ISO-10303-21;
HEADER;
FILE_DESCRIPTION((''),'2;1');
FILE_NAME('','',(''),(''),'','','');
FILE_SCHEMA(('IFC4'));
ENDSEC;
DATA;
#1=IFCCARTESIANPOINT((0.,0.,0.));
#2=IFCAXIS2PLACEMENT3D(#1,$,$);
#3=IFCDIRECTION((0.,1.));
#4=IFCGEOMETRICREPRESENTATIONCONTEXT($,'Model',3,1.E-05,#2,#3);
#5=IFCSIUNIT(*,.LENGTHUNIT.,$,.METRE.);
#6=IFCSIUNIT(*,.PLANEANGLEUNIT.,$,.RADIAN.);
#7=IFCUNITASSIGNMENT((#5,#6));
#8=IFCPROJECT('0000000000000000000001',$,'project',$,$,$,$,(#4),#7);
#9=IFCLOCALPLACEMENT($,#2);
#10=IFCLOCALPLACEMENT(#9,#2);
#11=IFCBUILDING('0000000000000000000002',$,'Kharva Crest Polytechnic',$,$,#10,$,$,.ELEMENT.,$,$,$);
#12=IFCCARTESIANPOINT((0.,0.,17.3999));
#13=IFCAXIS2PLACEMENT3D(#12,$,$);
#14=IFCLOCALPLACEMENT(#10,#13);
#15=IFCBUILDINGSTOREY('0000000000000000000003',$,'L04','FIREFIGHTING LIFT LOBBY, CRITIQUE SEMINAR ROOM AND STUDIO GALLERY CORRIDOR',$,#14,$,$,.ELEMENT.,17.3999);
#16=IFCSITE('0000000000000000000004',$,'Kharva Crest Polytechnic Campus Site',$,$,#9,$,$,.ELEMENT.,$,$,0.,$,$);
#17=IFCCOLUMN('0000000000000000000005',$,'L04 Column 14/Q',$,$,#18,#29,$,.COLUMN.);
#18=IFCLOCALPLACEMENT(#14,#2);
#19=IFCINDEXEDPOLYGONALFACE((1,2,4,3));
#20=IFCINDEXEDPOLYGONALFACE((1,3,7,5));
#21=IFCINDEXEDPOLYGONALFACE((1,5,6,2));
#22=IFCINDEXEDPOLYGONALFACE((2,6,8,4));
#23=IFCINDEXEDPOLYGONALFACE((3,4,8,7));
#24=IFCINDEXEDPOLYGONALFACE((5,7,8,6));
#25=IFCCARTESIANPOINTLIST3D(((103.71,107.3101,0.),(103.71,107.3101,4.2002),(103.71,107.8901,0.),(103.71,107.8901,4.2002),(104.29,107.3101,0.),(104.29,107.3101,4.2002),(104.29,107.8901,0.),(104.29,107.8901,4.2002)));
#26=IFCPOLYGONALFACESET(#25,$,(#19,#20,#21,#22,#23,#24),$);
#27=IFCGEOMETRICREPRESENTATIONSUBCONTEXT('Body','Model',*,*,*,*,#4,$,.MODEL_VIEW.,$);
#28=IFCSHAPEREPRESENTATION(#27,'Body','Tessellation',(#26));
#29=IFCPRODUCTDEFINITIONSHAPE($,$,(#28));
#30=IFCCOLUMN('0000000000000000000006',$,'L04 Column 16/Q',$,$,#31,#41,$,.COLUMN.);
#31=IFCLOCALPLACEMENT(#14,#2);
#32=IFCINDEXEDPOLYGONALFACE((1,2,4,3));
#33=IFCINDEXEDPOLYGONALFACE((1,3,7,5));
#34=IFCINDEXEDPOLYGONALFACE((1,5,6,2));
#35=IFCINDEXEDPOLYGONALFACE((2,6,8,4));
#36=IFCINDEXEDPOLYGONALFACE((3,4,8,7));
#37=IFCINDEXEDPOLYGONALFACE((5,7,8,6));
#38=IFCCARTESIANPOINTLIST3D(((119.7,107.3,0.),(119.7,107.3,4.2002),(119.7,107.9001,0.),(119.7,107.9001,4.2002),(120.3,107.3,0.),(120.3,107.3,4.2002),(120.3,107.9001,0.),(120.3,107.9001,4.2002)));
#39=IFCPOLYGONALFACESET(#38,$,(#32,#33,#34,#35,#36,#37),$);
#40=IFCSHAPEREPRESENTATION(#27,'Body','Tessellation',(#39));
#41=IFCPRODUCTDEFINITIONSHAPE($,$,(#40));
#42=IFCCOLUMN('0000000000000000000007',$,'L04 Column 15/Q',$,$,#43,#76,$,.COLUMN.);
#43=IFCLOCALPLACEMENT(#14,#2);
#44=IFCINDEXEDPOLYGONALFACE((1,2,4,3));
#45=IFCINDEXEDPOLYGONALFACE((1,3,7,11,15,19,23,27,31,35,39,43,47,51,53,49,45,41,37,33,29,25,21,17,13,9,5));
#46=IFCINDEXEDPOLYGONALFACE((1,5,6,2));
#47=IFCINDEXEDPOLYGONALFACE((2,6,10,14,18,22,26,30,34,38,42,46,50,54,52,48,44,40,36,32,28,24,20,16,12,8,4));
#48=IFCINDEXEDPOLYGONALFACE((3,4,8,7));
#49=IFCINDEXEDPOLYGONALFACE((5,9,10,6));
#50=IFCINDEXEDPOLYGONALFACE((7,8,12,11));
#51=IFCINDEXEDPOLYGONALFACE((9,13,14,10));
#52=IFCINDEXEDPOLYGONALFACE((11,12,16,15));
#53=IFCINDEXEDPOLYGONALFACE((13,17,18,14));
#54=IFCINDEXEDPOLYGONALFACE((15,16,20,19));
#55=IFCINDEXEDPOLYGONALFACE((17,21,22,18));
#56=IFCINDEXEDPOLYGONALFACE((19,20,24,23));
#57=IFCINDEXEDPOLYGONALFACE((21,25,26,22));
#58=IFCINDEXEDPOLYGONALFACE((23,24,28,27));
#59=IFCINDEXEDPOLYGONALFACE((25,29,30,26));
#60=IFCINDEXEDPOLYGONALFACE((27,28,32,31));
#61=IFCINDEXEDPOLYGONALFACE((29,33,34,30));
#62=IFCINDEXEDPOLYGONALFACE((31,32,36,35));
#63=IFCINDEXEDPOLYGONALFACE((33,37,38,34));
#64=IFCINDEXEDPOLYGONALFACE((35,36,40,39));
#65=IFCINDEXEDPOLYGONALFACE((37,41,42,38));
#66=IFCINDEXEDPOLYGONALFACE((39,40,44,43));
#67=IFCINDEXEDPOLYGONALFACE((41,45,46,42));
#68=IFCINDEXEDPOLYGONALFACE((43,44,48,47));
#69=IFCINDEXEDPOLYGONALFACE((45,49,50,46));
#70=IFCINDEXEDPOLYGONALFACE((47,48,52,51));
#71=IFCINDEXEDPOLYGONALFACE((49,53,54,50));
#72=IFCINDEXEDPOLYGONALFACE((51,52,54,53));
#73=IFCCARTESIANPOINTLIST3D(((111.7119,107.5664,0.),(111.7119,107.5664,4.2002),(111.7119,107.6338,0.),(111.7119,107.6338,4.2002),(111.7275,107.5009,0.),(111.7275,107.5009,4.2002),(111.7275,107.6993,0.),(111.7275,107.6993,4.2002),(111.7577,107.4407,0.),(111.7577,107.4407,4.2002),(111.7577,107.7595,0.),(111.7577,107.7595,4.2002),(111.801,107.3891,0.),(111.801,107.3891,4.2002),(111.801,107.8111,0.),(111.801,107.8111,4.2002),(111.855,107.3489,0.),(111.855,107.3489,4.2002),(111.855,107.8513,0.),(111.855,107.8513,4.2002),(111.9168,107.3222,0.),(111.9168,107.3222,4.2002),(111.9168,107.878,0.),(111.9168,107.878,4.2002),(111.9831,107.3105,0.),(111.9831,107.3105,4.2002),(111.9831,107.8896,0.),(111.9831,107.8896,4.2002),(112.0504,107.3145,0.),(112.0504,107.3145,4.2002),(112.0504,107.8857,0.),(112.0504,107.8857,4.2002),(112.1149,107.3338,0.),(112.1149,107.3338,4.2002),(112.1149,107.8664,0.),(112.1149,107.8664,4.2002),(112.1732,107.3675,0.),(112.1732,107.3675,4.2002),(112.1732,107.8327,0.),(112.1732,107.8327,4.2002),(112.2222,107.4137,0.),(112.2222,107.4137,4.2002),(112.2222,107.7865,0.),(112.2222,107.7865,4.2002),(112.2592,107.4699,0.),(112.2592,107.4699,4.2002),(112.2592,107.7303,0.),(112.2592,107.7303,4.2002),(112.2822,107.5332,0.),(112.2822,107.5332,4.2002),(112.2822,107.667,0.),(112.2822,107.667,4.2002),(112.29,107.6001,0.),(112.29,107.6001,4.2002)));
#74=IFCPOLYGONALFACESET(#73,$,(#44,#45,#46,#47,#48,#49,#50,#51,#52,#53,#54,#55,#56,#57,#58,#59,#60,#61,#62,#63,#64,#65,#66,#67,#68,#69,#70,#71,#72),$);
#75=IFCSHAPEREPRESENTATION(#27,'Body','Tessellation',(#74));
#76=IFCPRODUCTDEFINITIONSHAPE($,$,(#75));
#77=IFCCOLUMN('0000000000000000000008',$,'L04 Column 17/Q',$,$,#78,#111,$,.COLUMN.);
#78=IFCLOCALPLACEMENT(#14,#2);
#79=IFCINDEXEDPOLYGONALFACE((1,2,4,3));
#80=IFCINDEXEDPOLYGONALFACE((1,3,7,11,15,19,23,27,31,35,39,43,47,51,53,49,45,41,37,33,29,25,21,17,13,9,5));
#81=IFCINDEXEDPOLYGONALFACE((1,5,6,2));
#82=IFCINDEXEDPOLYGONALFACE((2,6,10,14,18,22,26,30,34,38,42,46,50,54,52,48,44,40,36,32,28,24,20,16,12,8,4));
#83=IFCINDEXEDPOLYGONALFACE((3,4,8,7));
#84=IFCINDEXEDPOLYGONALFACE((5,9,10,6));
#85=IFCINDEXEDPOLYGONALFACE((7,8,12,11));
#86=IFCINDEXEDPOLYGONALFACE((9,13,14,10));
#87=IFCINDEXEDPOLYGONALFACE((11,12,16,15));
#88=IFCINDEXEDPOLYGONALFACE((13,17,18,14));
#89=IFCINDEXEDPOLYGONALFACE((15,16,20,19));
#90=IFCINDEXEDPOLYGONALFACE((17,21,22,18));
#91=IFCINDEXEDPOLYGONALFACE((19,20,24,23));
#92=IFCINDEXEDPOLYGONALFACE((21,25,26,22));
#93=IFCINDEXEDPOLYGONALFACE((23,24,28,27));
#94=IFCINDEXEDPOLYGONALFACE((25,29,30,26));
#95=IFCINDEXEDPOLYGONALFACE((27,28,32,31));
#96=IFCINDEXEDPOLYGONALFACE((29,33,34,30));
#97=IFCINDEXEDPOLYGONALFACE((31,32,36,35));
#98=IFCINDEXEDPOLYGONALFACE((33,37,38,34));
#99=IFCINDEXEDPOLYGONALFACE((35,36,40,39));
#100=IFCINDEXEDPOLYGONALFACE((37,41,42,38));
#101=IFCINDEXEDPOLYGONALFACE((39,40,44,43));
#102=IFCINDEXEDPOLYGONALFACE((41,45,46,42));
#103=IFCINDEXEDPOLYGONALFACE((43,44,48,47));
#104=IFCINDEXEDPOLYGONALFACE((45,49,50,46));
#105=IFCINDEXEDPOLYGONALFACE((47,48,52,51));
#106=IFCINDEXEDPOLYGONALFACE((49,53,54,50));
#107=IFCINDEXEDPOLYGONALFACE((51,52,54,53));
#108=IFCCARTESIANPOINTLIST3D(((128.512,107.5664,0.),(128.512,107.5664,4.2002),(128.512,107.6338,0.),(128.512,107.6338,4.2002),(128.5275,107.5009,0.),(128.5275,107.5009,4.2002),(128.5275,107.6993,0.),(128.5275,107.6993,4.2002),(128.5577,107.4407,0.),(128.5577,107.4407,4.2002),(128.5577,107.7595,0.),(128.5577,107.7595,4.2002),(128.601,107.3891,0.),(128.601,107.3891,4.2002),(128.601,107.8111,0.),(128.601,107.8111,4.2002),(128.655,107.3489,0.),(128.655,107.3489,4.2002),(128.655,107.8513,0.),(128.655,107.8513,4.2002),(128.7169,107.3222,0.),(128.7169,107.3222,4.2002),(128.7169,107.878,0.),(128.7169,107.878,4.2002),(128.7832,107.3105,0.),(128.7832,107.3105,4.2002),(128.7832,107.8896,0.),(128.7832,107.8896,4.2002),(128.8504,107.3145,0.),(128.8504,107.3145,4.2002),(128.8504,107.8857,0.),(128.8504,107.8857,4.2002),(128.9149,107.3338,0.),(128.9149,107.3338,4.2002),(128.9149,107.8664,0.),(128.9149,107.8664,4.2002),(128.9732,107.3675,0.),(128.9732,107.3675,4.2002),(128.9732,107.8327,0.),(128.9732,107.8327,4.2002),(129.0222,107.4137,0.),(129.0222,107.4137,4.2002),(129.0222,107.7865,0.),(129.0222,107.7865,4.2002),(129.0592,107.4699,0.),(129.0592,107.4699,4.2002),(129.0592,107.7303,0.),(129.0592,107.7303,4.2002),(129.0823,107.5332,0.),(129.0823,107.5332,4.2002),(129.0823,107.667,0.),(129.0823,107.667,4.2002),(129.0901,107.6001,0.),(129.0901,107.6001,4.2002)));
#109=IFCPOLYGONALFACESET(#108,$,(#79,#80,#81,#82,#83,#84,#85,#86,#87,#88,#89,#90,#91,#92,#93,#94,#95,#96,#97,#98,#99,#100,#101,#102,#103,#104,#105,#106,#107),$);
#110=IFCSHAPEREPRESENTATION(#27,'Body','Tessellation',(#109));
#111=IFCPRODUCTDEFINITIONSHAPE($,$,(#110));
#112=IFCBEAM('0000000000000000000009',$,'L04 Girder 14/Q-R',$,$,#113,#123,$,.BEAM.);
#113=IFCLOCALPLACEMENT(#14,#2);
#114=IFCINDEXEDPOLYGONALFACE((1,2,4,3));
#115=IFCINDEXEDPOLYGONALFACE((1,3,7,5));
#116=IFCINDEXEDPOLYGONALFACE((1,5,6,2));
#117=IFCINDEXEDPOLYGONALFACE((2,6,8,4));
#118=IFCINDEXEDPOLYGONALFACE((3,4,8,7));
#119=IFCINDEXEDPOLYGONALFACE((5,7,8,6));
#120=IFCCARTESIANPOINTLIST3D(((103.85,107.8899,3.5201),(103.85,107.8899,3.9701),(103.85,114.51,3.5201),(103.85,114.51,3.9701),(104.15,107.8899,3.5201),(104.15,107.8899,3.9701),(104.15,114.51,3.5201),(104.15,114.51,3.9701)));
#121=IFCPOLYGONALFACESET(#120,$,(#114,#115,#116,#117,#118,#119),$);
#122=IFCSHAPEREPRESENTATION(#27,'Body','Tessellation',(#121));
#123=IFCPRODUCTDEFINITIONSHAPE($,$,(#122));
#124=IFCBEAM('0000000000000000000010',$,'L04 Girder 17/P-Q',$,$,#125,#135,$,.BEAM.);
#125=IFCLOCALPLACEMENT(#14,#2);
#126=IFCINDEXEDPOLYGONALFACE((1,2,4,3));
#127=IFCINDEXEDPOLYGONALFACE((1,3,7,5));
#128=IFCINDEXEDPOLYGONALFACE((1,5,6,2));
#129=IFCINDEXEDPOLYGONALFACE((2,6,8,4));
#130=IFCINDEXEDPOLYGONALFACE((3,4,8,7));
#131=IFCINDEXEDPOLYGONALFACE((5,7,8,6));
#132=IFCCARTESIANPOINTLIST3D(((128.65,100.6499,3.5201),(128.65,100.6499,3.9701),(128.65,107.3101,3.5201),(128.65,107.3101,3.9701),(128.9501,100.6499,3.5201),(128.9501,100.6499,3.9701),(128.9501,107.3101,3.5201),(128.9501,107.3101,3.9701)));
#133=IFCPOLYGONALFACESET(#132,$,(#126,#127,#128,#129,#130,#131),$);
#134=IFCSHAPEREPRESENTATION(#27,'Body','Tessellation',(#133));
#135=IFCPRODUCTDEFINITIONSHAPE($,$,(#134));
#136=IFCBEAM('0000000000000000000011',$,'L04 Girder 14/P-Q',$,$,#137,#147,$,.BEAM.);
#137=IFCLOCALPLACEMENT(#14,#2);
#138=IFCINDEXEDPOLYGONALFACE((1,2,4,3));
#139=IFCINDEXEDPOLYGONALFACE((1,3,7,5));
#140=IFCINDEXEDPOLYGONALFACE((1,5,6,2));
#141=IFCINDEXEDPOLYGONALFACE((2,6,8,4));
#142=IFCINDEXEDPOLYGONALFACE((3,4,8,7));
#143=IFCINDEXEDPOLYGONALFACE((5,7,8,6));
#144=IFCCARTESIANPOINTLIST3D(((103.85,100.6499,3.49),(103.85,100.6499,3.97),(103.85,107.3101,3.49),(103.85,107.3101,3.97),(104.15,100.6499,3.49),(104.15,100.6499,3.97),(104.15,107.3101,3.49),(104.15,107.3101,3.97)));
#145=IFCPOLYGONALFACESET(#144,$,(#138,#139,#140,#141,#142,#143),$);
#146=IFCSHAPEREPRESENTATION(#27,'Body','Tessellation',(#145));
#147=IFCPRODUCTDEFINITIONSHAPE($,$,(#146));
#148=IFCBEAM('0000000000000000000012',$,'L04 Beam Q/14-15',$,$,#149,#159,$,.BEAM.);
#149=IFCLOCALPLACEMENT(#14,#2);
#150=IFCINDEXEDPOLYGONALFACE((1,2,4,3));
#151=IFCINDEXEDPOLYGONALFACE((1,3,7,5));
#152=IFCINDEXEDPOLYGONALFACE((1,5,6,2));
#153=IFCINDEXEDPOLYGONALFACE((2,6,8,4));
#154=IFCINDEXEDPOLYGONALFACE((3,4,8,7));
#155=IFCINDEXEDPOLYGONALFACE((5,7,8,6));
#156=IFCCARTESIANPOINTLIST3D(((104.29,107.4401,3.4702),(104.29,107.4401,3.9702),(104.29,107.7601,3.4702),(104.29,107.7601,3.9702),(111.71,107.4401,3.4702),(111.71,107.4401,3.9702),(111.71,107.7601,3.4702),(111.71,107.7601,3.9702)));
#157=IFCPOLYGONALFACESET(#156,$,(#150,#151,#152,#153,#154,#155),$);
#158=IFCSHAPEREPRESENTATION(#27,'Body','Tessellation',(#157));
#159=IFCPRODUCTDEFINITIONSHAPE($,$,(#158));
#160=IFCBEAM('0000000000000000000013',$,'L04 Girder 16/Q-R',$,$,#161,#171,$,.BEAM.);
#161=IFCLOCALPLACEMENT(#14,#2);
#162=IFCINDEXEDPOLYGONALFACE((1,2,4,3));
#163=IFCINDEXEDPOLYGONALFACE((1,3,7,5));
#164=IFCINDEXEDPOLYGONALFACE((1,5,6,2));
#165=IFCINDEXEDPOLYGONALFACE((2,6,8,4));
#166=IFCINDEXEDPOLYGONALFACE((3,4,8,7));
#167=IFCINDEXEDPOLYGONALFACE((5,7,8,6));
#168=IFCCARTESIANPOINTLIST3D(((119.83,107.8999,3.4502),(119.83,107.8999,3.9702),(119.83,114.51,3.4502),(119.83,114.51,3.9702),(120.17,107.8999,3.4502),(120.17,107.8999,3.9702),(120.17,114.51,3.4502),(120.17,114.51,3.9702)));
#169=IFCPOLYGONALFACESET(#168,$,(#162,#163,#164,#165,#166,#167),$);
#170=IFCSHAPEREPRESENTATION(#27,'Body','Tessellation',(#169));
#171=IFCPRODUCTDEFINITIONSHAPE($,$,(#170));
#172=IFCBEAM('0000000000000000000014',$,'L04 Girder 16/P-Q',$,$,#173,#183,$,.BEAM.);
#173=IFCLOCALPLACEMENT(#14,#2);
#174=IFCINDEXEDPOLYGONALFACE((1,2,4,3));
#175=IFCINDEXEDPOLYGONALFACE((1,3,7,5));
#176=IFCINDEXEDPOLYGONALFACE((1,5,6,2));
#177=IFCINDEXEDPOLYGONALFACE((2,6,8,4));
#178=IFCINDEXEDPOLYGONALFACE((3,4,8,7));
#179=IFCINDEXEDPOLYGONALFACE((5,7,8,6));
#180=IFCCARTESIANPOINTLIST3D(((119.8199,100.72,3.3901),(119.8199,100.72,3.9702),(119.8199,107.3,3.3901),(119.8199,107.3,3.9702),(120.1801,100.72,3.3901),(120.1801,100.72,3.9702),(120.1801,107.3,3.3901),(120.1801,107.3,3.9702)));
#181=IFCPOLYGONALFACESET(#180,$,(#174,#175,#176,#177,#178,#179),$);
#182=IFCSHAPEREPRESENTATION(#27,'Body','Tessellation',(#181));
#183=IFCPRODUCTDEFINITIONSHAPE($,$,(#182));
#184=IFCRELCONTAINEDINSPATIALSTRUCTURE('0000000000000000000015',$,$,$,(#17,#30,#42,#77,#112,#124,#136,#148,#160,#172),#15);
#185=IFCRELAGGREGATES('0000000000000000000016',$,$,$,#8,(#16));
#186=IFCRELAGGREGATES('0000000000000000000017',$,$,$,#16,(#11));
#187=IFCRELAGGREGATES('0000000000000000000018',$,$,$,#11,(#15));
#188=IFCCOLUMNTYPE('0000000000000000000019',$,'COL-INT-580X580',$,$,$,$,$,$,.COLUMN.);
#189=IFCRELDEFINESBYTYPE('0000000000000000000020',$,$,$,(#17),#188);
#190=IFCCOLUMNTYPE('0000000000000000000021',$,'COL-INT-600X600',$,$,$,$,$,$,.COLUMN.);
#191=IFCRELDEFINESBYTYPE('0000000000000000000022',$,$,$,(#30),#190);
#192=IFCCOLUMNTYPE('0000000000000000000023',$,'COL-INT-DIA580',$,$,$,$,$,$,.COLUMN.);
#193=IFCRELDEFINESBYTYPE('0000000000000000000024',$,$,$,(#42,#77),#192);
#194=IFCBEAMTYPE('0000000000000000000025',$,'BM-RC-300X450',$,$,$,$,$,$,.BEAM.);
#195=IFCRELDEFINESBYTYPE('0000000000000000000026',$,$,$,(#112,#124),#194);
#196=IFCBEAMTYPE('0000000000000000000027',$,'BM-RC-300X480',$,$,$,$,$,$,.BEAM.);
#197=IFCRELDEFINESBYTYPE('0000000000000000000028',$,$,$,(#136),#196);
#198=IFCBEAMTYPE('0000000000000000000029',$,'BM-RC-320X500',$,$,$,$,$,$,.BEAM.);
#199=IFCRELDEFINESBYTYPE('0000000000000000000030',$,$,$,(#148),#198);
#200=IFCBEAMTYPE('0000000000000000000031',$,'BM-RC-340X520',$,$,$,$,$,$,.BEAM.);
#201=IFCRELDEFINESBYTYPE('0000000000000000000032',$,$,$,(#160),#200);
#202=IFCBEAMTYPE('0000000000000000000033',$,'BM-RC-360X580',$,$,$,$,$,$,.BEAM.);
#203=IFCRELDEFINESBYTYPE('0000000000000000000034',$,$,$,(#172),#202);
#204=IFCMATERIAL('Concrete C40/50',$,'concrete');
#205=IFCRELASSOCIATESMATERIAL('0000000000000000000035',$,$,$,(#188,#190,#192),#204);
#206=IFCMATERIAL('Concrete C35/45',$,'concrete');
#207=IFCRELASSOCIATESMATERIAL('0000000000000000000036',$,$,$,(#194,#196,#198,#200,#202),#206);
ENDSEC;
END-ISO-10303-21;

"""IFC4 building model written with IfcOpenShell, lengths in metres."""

from ifc_helpers import new_model, si_unit, direction, frame, origin, origin_2d, place, context, subcontext, project, spatial, rectangle, circle, extrude, material, material_profile, profile_set, type_object, element, save


model = new_model("IFC4")

# Units and contexts
model_context = context("Model", 3, precision=1e-05, world=origin(), true_north=direction((0.0, 1.0)))
body_context = subcontext(model_context, "Body", "Model", "MODEL_VIEW")
ifc_project = project(units=[si_unit("LENGTHUNIT", "METRE"), si_unit("PLANEANGLEUNIT", "RADIAN")], contexts=[model_context])

# Site, building, storey
site_placement = place(None, origin())
site = spatial("IfcSite", under=ifc_project, at=site_placement, Name="Kharva Crest Polytechnic Campus Site", CompositionType="ELEMENT", RefElevation=0.0)
building_placement = place(site_placement, origin())
building = spatial("IfcBuilding", under=site, at=building_placement, Name="Kharva Crest Polytechnic", CompositionType="ELEMENT")
storey_placement = place(building_placement, frame((0.0, 0.0, 17.3999)))
storey = spatial("IfcBuildingStorey", under=building, at=storey_placement, Name="L04", Description="FIREFIGHTING LIFT LOBBY, CRITIQUE SEMINAR ROOM AND STUDIO GALLERY CORRIDOR", CompositionType="ELEMENT", Elevation=17.3999)

# Columns
ifc_material_1 = material(Name="Concrete C40/50", Category="concrete")
ifc_material_profile_1 = material_profile(ifc_material_1, rectangle(XDim=0.5801, YDim=0.5801, at=origin_2d()), Name="RECT 580 X 580")
ifc_profile_set_1 = profile_set([ifc_material_profile_1], Name="Concrete C40/50")
column_type_1 = type_object("IfcColumnType", Name="COL-INT-580X580", PredefinedType="COLUMN", material=ifc_profile_set_1)
column_1_placement = place(storey_placement, frame((104.0, 107.6001, 0.0), z_axis=(0.0, 0.0, 1.0), x_axis=(1.0, 0.0, 0.0)))
element("IfcColumn", 1, at=column_1_placement, inside=storey, type_object=column_type_1, Name="L04 Column 14/Q", PredefinedType="COLUMN", context=body_context, shape_type="SweptSolid", body=[
    extrude(rectangle(XDim=0.5801, YDim=0.5801, at=origin_2d()), origin(), (0.0, 0.0, 1.0), 4.2002),
])
ifc_material_profile_2 = material_profile(ifc_material_1, rectangle(XDim=0.6001, YDim=0.6001, at=origin_2d()), Name="RECT 600 X 600")
ifc_profile_set_2 = profile_set([ifc_material_profile_2], Name="Concrete C40/50")
column_type_2 = type_object("IfcColumnType", Name="COL-INT-600X600", PredefinedType="COLUMN", material=ifc_profile_set_2)
column_2_placement = place(storey_placement, frame((120.0, 107.6001, 0.0), z_axis=(0.0, 0.0, 1.0), x_axis=(1.0, 0.0, 0.0)))
element("IfcColumn", 2, at=column_2_placement, inside=storey, type_object=column_type_2, Name="L04 Column 16/Q", PredefinedType="COLUMN", context=body_context, shape_type="SweptSolid", body=[
    extrude(rectangle(XDim=0.6001, YDim=0.6001, at=origin_2d()), origin(), (0.0, 0.0, 1.0), 4.2002),
])
ifc_material_profile_3 = material_profile(ifc_material_1, circle(Radius=0.29, at=origin_2d()), Name="DIA 580")
ifc_profile_set_3 = profile_set([ifc_material_profile_3], Name="Concrete C40/50")
column_type_3 = type_object("IfcColumnType", Name="COL-INT-DIA580", PredefinedType="COLUMN", material=ifc_profile_set_3)
for number, where, z_axis, x_axis, name in (
    (3, (112.0, 107.6001, 0.0), (0.0, 0.0, 1.0), (1.0, 0.0, 0.0), "L04 Column 15/Q"),
    (4, (128.8, 107.6001, 0.0), (0.0, 0.0, 1.0), (1.0, 0.0, 0.0), "L04 Column 17/Q"),
):
    element("IfcColumn", number, at=place(storey_placement, frame(where, z_axis=z_axis, x_axis=x_axis)), inside=storey, type_object=column_type_3, Name=name, PredefinedType="COLUMN", context=body_context, shape_type="SweptSolid", body=[
        extrude(circle(Radius=0.29, at=origin_2d()), origin(), (0.0, 0.0, 1.0), 4.2002),
    ])

# Beams
ifc_material_2 = material(Name="Concrete C35/45", Category="concrete")
ifc_material_profile_4 = material_profile(ifc_material_2, rectangle(XDim=0.3, YDim=0.45, at=origin_2d()), Name="RECT 300 X 450")
ifc_profile_set_4 = profile_set([ifc_material_profile_4], Name="Concrete C35/45")
beam_type_1 = type_object("IfcBeamType", Name="BM-RC-300X450", PredefinedType="BEAM", material=ifc_profile_set_4)
beam_1_placement = place(storey_placement, frame((104.0, 107.8899, 3.7451), z_axis=(0.0, 1.0, 0.0), x_axis=(-1.0, 0.0, 0.0)))
element("IfcBeam", 5, at=beam_1_placement, inside=storey, type_object=beam_type_1, Name="L04 Girder 14/Q-R", PredefinedType="BEAM", context=body_context, shape_type="SweptSolid", body=[
    extrude(rectangle(XDim=0.3, YDim=0.45, at=origin_2d()), origin(), (0.0, 0.0, 1.0), 6.6201),
])
beam_2_placement = place(storey_placement, frame((128.8, 100.6499, 3.7451), z_axis=(0.0, 1.0, 0.0), x_axis=(-1.0, 0.0, 0.0)))
element("IfcBeam", 6, at=beam_2_placement, inside=storey, type_object=beam_type_1, Name="L04 Girder 17/P-Q", PredefinedType="BEAM", context=body_context, shape_type="SweptSolid", body=[
    extrude(rectangle(XDim=0.3, YDim=0.45, at=origin_2d()), origin(), (0.0, 0.0, 1.0), 6.6602),
])
ifc_material_profile_5 = material_profile(ifc_material_2, rectangle(XDim=0.3, YDim=0.48, at=origin_2d()), Name="RECT 300 X 480")
ifc_profile_set_5 = profile_set([ifc_material_profile_5], Name="Concrete C35/45")
beam_type_2 = type_object("IfcBeamType", Name="BM-RC-300X480", PredefinedType="BEAM", material=ifc_profile_set_5)
beam_3_placement = place(storey_placement, frame((104.0, 100.6499, 3.73), z_axis=(0.0, 1.0, 0.0), x_axis=(-1.0, 0.0, 0.0)))
element("IfcBeam", 7, at=beam_3_placement, inside=storey, type_object=beam_type_2, Name="L04 Girder 14/P-Q", PredefinedType="BEAM", context=body_context, shape_type="SweptSolid", body=[
    extrude(rectangle(XDim=0.3, YDim=0.48, at=origin_2d()), origin(), (0.0, 0.0, 1.0), 6.6602),
])
ifc_material_profile_6 = material_profile(ifc_material_2, rectangle(XDim=0.3201, YDim=0.5, at=origin_2d()), Name="RECT 320 X 500")
ifc_profile_set_6 = profile_set([ifc_material_profile_6], Name="Concrete C35/45")
beam_type_3 = type_object("IfcBeamType", Name="BM-RC-320X500", PredefinedType="BEAM", material=ifc_profile_set_6)
beam_4_placement = place(storey_placement, frame((104.29, 107.6001, 3.7202), z_axis=(1.0, 0.0, 0.0), x_axis=(0.0, 1.0, 0.0)))
element("IfcBeam", 8, at=beam_4_placement, inside=storey, type_object=beam_type_3, Name="L04 Beam Q/14-15", PredefinedType="BEAM", context=body_context, shape_type="SweptSolid", body=[
    extrude(rectangle(XDim=0.3201, YDim=0.5, at=origin_2d()), origin(), (0.0, 0.0, 1.0), 7.4199),
])
ifc_material_profile_7 = material_profile(ifc_material_2, rectangle(XDim=0.3401, YDim=0.52, at=origin_2d()), Name="RECT 340 X 520")
ifc_profile_set_7 = profile_set([ifc_material_profile_7], Name="Concrete C35/45")
beam_type_4 = type_object("IfcBeamType", Name="BM-RC-340X520", PredefinedType="BEAM", material=ifc_profile_set_7)
beam_5_placement = place(storey_placement, frame((120.0, 107.8999, 3.7102), z_axis=(0.0, 1.0, 0.0), x_axis=(-1.0, 0.0, 0.0)))
element("IfcBeam", 9, at=beam_5_placement, inside=storey, type_object=beam_type_4, Name="L04 Girder 16/Q-R", PredefinedType="BEAM", context=body_context, shape_type="SweptSolid", body=[
    extrude(rectangle(XDim=0.3401, YDim=0.52, at=origin_2d()), origin(), (0.0, 0.0, 1.0), 6.6101),
])
ifc_material_profile_8 = material_profile(ifc_material_2, rectangle(XDim=0.3601, YDim=0.5801, at=origin_2d()), Name="RECT 360 X 580")
ifc_profile_set_8 = profile_set([ifc_material_profile_8], Name="Concrete C35/45")
beam_type_5 = type_object("IfcBeamType", Name="BM-RC-360X580", PredefinedType="BEAM", material=ifc_profile_set_8)
beam_6_placement = place(storey_placement, frame((120.0, 100.72, 3.6802), z_axis=(0.0, 1.0, 0.0), x_axis=(-1.0, 0.0, 0.0)))
element("IfcBeam", 10, at=beam_6_placement, inside=storey, type_object=beam_type_5, Name="L04 Girder 16/P-Q", PredefinedType="BEAM", context=body_context, shape_type="SweptSolid", body=[
    extrude(rectangle(XDim=0.3601, YDim=0.5801, at=origin_2d()), origin(), (0.0, 0.0, 1.0), 6.5801),
])

save(model, "model.ifc")
